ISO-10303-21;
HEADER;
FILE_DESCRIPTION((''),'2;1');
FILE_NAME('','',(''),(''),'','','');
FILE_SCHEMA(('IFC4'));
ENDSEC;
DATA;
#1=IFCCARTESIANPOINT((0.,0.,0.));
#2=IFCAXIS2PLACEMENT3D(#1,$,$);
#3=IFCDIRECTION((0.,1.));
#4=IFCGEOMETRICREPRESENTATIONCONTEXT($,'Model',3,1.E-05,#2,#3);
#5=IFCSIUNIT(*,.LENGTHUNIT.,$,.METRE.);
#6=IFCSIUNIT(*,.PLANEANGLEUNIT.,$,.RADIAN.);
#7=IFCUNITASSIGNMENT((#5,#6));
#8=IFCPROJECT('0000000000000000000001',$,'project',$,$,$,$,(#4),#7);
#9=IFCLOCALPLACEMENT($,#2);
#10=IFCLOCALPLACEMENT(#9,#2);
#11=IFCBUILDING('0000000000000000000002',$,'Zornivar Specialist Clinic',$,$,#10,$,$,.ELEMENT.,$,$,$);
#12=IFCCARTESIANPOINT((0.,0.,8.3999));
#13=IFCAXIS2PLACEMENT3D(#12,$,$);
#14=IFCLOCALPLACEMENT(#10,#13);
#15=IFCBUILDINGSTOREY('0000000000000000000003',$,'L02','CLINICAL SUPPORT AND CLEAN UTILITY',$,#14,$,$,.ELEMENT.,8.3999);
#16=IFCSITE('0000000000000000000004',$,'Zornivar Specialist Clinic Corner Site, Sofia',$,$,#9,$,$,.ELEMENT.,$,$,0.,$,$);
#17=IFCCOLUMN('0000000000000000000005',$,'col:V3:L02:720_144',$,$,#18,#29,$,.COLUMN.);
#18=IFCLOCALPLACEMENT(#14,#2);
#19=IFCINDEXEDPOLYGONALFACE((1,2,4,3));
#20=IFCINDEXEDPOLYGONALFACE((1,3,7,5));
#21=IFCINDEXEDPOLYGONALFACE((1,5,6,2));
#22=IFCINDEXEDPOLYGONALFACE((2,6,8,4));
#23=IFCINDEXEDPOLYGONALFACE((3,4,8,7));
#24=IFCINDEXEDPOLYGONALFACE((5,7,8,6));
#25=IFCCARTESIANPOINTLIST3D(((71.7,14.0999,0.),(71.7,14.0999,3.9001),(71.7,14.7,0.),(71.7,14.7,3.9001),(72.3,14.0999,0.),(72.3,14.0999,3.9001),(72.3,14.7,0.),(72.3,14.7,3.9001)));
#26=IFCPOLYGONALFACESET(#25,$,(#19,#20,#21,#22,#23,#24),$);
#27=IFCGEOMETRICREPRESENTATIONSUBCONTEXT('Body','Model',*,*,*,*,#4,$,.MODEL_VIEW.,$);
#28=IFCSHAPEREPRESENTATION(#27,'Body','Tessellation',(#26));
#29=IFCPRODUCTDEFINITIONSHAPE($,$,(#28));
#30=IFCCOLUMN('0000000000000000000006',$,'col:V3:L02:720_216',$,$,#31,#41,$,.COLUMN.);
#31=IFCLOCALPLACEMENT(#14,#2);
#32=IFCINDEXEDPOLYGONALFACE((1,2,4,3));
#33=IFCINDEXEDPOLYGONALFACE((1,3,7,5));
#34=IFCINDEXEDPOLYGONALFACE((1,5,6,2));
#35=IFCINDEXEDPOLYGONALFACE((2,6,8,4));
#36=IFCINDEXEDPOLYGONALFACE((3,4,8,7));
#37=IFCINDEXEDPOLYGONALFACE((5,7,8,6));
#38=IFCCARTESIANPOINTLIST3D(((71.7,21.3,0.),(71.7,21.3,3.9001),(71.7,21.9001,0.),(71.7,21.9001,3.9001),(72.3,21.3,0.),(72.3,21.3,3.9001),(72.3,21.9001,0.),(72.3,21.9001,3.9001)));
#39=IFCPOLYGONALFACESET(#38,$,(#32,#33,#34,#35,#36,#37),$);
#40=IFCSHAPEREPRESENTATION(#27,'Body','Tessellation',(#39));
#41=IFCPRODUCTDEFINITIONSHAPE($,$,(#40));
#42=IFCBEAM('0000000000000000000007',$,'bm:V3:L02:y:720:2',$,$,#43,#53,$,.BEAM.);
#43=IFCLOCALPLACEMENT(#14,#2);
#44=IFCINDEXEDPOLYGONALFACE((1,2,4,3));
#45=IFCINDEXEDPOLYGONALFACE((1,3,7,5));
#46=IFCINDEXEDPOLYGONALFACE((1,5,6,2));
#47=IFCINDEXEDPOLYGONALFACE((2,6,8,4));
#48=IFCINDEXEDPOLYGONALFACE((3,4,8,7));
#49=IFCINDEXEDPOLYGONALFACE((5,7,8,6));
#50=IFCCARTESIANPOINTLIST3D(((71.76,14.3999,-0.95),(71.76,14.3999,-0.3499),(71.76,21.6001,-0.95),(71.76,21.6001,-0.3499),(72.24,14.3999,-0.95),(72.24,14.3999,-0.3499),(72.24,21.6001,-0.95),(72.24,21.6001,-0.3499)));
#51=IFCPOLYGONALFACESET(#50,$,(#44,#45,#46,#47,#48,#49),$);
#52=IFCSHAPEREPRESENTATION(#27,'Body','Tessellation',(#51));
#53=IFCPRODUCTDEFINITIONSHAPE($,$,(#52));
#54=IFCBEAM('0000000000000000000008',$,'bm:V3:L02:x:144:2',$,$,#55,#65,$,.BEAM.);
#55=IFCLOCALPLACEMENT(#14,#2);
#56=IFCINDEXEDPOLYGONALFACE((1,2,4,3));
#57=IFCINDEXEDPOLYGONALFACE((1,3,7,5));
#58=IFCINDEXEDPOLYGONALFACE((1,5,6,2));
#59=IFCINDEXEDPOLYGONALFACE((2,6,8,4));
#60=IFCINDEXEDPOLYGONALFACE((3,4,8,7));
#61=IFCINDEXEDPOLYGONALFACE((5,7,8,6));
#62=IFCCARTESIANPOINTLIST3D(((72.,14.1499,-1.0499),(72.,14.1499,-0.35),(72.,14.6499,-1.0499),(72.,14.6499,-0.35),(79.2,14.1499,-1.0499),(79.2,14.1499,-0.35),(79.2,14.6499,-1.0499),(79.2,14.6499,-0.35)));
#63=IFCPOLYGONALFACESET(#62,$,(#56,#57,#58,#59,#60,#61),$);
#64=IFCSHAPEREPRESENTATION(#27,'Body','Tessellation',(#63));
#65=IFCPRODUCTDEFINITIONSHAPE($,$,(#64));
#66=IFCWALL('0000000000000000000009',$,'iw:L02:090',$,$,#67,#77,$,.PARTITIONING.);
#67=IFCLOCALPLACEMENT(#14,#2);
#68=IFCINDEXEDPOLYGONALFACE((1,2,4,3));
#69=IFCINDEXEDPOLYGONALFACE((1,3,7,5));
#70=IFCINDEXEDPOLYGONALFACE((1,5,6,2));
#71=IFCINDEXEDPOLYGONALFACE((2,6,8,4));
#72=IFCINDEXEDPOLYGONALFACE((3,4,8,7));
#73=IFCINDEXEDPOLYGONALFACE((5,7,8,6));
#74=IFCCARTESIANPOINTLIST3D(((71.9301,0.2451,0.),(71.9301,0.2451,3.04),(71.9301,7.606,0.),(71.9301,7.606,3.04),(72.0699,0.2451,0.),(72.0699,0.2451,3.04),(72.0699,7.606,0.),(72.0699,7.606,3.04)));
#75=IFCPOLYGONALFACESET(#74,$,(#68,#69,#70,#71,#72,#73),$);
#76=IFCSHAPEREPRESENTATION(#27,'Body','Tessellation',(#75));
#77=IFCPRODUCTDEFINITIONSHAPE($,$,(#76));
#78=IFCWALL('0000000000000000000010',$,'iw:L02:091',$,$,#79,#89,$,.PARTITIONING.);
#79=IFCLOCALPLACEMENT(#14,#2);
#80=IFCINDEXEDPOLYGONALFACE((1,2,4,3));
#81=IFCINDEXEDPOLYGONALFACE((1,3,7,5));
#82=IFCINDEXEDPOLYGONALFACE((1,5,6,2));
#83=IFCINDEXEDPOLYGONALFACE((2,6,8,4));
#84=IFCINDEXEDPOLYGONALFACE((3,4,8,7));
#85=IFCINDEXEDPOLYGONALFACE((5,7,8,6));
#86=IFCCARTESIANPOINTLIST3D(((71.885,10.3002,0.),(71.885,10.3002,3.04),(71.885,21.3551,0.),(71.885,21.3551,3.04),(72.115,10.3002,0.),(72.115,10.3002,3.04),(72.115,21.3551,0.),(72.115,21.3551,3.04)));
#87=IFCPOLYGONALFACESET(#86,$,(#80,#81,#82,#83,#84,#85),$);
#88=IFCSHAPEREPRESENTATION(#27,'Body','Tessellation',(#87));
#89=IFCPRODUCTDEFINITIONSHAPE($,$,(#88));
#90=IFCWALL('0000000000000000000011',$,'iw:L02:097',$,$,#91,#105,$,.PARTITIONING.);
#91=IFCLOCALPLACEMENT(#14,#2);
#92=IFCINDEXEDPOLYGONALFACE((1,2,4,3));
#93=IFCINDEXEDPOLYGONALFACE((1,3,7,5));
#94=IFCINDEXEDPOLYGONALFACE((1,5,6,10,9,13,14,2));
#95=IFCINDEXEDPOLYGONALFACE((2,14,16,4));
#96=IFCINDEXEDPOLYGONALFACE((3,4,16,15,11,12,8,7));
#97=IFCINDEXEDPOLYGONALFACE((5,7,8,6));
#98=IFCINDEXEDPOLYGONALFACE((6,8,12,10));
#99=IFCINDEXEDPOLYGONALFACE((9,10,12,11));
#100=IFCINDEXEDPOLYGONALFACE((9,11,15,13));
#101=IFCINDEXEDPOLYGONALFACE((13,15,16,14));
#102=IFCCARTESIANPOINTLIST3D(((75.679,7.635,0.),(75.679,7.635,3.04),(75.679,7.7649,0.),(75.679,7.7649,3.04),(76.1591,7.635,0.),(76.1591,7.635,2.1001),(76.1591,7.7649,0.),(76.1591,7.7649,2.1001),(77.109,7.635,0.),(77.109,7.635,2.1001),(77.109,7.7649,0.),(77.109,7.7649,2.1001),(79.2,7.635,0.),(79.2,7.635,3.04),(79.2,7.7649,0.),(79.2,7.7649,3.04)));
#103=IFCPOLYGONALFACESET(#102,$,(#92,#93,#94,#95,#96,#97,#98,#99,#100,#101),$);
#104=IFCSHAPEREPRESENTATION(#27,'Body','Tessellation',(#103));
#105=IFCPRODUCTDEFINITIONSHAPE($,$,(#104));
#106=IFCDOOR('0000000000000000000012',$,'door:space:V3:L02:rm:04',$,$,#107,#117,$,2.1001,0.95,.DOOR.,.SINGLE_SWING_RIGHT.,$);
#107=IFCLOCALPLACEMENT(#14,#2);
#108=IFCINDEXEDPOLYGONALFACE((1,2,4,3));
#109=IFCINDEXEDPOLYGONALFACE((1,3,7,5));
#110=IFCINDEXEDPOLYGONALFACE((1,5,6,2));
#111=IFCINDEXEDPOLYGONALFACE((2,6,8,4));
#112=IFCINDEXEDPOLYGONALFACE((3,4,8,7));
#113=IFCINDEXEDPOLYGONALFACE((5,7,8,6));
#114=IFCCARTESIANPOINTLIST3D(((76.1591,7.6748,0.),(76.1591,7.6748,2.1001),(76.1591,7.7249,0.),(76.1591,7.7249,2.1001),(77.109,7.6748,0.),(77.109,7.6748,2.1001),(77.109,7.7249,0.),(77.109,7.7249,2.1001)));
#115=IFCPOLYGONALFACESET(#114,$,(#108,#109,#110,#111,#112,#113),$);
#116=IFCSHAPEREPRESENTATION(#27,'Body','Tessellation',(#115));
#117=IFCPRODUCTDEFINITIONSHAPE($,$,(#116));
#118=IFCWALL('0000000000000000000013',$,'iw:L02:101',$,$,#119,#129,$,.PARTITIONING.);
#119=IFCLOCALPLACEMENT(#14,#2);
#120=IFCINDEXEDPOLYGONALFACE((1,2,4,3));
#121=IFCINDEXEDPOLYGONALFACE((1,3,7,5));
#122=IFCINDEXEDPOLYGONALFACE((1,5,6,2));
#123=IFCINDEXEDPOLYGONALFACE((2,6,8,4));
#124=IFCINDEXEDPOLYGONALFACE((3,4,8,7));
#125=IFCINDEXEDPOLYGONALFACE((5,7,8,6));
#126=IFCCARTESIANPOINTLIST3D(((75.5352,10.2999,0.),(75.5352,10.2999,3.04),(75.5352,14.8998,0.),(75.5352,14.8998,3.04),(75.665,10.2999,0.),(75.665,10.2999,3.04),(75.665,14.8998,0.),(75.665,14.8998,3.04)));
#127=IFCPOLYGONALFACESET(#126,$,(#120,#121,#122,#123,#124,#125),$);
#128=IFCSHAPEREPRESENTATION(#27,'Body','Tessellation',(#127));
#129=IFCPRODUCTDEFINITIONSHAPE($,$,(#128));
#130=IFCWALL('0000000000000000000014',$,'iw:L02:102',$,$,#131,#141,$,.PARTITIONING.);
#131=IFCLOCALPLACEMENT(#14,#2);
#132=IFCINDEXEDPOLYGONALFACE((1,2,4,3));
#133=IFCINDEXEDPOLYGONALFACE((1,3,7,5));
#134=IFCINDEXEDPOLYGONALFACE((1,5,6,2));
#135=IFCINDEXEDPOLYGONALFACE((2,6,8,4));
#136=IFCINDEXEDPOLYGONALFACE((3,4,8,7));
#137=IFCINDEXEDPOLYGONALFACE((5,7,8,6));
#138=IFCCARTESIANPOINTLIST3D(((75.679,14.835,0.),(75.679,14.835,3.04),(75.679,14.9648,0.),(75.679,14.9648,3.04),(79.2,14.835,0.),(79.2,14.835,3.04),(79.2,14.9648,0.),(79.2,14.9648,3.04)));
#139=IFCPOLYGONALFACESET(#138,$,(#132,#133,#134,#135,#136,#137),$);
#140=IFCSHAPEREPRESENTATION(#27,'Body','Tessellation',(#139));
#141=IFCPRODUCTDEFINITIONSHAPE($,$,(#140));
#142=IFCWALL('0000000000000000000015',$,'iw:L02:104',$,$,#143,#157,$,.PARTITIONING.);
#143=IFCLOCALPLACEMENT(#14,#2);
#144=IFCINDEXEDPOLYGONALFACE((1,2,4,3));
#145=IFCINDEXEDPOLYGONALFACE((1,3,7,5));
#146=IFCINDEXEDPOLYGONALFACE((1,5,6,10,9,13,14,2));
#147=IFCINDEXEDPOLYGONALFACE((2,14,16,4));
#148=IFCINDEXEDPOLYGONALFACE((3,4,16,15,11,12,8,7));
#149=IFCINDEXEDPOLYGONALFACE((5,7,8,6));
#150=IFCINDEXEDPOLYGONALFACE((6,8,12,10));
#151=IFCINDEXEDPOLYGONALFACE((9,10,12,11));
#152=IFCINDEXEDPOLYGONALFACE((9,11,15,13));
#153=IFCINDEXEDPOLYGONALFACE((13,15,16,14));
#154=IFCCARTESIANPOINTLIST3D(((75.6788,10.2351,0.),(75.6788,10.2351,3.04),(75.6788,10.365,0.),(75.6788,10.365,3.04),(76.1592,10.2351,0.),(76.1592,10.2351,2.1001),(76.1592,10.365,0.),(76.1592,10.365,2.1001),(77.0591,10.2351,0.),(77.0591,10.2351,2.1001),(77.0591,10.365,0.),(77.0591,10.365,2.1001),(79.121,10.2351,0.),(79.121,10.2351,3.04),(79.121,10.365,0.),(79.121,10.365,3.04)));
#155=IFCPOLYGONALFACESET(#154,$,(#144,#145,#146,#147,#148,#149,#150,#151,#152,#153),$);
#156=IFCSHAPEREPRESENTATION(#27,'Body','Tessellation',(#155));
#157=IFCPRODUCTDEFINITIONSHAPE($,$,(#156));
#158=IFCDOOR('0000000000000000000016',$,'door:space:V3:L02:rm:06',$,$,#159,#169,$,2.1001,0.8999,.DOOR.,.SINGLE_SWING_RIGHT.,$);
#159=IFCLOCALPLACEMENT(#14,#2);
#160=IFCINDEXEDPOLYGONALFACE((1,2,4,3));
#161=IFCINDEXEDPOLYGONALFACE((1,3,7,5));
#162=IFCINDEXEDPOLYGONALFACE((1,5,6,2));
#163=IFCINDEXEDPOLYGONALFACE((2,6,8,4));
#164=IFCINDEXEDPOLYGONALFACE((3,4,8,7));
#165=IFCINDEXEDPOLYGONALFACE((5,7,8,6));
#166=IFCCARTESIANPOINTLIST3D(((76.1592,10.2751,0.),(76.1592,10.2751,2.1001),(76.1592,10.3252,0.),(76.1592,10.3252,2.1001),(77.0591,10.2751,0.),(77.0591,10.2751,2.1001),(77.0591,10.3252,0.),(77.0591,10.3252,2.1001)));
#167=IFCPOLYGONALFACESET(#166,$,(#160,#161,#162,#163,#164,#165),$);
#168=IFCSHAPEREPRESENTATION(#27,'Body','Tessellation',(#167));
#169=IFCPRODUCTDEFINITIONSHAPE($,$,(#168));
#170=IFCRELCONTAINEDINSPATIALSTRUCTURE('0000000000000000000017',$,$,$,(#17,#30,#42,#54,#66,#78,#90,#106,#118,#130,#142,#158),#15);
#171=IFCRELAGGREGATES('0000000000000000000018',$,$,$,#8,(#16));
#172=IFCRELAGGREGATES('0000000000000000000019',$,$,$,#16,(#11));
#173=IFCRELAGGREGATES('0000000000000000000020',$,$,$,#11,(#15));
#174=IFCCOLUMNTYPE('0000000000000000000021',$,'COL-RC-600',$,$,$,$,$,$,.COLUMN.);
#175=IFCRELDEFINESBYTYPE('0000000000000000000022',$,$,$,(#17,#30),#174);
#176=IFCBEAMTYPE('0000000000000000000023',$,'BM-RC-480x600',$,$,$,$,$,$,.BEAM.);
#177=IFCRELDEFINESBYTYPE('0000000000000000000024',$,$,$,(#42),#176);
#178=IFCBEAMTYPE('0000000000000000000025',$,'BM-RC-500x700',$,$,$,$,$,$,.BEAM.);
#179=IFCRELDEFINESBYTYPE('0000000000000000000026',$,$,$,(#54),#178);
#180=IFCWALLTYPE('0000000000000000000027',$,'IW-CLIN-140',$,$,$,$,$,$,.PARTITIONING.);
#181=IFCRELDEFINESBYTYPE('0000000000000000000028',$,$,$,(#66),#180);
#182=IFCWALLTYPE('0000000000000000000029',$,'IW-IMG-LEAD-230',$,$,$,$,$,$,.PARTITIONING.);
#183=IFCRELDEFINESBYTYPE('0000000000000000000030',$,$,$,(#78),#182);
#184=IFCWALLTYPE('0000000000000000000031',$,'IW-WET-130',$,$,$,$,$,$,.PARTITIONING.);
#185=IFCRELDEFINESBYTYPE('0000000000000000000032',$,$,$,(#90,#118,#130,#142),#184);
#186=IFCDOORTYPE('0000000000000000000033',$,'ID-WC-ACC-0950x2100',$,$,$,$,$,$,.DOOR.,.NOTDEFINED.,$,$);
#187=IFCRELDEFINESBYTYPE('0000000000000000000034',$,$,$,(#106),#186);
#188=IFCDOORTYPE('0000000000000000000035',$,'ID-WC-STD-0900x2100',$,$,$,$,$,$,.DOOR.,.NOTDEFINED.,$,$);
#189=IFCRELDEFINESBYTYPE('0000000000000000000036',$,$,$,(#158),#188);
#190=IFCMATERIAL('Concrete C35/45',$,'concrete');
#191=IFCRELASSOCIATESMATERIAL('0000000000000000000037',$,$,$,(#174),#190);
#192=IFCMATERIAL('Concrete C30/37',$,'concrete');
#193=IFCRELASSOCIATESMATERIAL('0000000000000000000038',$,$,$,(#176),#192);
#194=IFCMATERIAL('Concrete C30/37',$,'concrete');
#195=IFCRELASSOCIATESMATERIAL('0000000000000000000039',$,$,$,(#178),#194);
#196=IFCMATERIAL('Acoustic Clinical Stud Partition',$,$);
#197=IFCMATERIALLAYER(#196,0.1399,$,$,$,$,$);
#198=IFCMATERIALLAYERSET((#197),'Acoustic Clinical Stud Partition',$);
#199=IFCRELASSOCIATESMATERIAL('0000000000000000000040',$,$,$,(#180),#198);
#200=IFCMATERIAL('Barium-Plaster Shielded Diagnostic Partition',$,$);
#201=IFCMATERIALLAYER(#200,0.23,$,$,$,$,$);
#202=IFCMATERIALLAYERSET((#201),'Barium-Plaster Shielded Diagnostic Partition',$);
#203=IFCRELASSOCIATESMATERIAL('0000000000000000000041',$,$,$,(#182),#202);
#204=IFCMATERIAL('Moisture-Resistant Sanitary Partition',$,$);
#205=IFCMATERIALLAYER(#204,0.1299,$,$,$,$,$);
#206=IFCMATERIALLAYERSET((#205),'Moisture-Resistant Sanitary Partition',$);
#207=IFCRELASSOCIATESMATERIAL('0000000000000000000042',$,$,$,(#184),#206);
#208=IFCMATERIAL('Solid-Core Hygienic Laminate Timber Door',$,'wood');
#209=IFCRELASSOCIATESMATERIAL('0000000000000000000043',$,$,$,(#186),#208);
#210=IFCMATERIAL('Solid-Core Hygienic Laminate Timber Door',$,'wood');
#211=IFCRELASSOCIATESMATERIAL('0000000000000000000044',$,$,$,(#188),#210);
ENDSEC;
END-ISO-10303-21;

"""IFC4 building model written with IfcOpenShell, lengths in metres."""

from ifc_helpers import new_model, si_unit, direction, frame, frame_2d, origin, origin_2d, place, context, subcontext, project, spatial, rectangle, extrude, material, layer, layer_set, material_profile, profile_set, type_object, element, fill, save


model = new_model("IFC4")

# Units and contexts
model_context = context("Model", 3, precision=1e-05, world=origin(), true_north=direction((0.0, 1.0)))
body_context = subcontext(model_context, "Body", "Model", "MODEL_VIEW")
ifc_project = project(units=[si_unit("LENGTHUNIT", "METRE"), si_unit("PLANEANGLEUNIT", "RADIAN")], contexts=[model_context])

# Site, building, storey
site_placement = place(None, origin())
site = spatial("IfcSite", under=ifc_project, at=site_placement, Name="Zornivar Specialist Clinic Corner Site, Sofia", CompositionType="ELEMENT", RefElevation=0.0)
building_placement = place(site_placement, origin())
building = spatial("IfcBuilding", under=site, at=building_placement, Name="Zornivar Specialist Clinic", CompositionType="ELEMENT")
storey_placement = place(building_placement, frame((0.0, 0.0, 8.3999)))
storey = spatial("IfcBuildingStorey", under=building, at=storey_placement, Name="L02", Description="CLINICAL SUPPORT AND CLEAN UTILITY", CompositionType="ELEMENT", Elevation=8.3999)

# Columns
ifc_material_1 = material(Name="Concrete C35/45", Category="concrete")
ifc_material_profile_1 = material_profile(ifc_material_1, rectangle(XDim=0.6001, YDim=0.6001, at=origin_2d()), Name="RC 600x600")
ifc_profile_set_1 = profile_set([ifc_material_profile_1], Name="Concrete C35/45")
column_type = type_object("IfcColumnType", Name="COL-RC-600", PredefinedType="COLUMN", material=ifc_profile_set_1)
for number, where, z_axis, x_axis, name in (
    (1, (72.0, 14.3999, 0.0), (0.0, 0.0, 1.0), (1.0, 0.0, 0.0), "col:V3:L02:720_144"),
    (2, (72.0, 21.6001, 0.0), (0.0, 0.0, 1.0), (1.0, 0.0, 0.0), "col:V3:L02:720_216"),
):
    element("IfcColumn", number, at=place(storey_placement, frame(where, z_axis=z_axis, x_axis=x_axis)), inside=storey, type_object=column_type, Name=name, PredefinedType="COLUMN", context=body_context, shape_type="SweptSolid", body=[
        extrude(rectangle(XDim=0.6001, YDim=0.6001, at=origin_2d()), origin(), (0.0, 0.0, 1.0), 3.9001),
    ])

# Beams
ifc_material_2 = material(Name="Concrete C30/37", Category="concrete")
ifc_material_profile_2 = material_profile(ifc_material_2, rectangle(XDim=0.48, YDim=0.6001, at=origin_2d()), Name="RC 480x600")
ifc_profile_set_2 = profile_set([ifc_material_profile_2], Name="Concrete C30/37")
beam_type_1 = type_object("IfcBeamType", Name="BM-RC-480x600", PredefinedType="BEAM", material=ifc_profile_set_2)
beam_1_placement = place(storey_placement, frame((72.0, 14.3999, -0.6499), z_axis=(0.0, 1.0, 0.0), x_axis=(-1.0, 0.0, 0.0)))
element("IfcBeam", 3, at=beam_1_placement, inside=storey, type_object=beam_type_1, Name="bm:V3:L02:y:720:2", PredefinedType="BEAM", context=body_context, shape_type="SweptSolid", body=[
    extrude(rectangle(XDim=0.48, YDim=0.6001, at=origin_2d()), origin(), (0.0, 0.0, 1.0), 7.2002),
])
ifc_material_3 = material(Name="Concrete C30/37", Category="concrete")
ifc_material_profile_3 = material_profile(ifc_material_3, rectangle(XDim=0.5, YDim=0.7, at=origin_2d()), Name="RC 500x700")
ifc_profile_set_3 = profile_set([ifc_material_profile_3], Name="Concrete C30/37")
beam_type_2 = type_object("IfcBeamType", Name="BM-RC-500x700", PredefinedType="BEAM", material=ifc_profile_set_3)
beam_2_placement = place(storey_placement, frame((72.0, 14.3999, -0.7), z_axis=(1.0, 0.0, 0.0), x_axis=(0.0, 1.0, 0.0)))
element("IfcBeam", 4, at=beam_2_placement, inside=storey, type_object=beam_type_2, Name="bm:V3:L02:x:144:2", PredefinedType="BEAM", context=body_context, shape_type="SweptSolid", body=[
    extrude(rectangle(XDim=0.5, YDim=0.7, at=origin_2d()), origin(), (0.0, 0.0, 1.0), 7.2),
])

# Wall
ifc_material_4 = material(Name="Acoustic Clinical Stud Partition")
ifc_layer_1 = layer(ifc_material_4, 0.1399)
ifc_layer_set_1 = layer_set([ifc_layer_1], Name="Acoustic Clinical Stud Partition")
wall_type_1 = type_object("IfcWallType", Name="IW-CLIN-140", PredefinedType="PARTITIONING", material=ifc_layer_set_1)
wall_1_placement = place(storey_placement, frame((72.0, 7.606, 0.0), z_axis=(0.0, 0.0, 1.0), x_axis=(0.0, -1.0, 0.0)))
element("IfcWall", 5, at=wall_1_placement, inside=storey, type_object=wall_type_1, Name="iw:L02:090", PredefinedType="PARTITIONING", context=body_context, shape_type="SweptSolid", body=[
    extrude(rectangle(XDim=7.3608, YDim=0.1399, at=frame_2d((3.6804, 0.0))), origin(), (0.0, 0.0, 1.0), 3.04),
])

# Wall
ifc_material_5 = material(Name="Barium-Plaster Shielded Diagnostic Partition")
ifc_layer_2 = layer(ifc_material_5, 0.23)
ifc_layer_set_2 = layer_set([ifc_layer_2], Name="Barium-Plaster Shielded Diagnostic Partition")
wall_type_2 = type_object("IfcWallType", Name="IW-IMG-LEAD-230", PredefinedType="PARTITIONING", material=ifc_layer_set_2)
wall_2_placement = place(storey_placement, frame((72.0, 21.355, 0.0), z_axis=(0.0, 0.0, 1.0), x_axis=(0.0, -1.0, 0.0)))
element("IfcWall", 6, at=wall_2_placement, inside=storey, type_object=wall_type_2, Name="iw:L02:091", PredefinedType="PARTITIONING", context=body_context, shape_type="SweptSolid", body=[
    extrude(rectangle(XDim=11.0549, YDim=0.23, at=frame_2d((5.5273, 0.0))), origin(), (0.0, 0.0, 1.0), 3.04),
])

# Wall, opening, door
ifc_material_6 = material(Name="Moisture-Resistant Sanitary Partition")
ifc_layer_3 = layer(ifc_material_6, 0.1299)
ifc_layer_set_3 = layer_set([ifc_layer_3], Name="Moisture-Resistant Sanitary Partition")
wall_type_3 = type_object("IfcWallType", Name="IW-WET-130", PredefinedType="PARTITIONING", material=ifc_layer_set_3)
wall_3_placement = place(storey_placement, frame((75.679, 7.7, 0.0), z_axis=(0.0, 0.0, 1.0), x_axis=(1.0, 0.0, 0.0)))
wall_3 = element("IfcWall", 7, at=wall_3_placement, inside=storey, type_object=wall_type_3, Name="iw:L02:097", PredefinedType="PARTITIONING", context=body_context, shape_type="SweptSolid", body=[
    extrude(rectangle(XDim=3.521, YDim=0.1299, at=frame_2d((1.7605, 0.0))), origin(), (0.0, 0.0, 1.0), 3.04),
])
opening_1_placement = place(wall_3_placement, frame((0.48, 0.0, 0.0)))
opening_1 = element("IfcOpeningElement", 8, at=opening_1_placement, cuts=wall_3, PredefinedType="OPENING", context=body_context, shape_type="SweptSolid", body=[
    extrude(rectangle(XDim=0.95, YDim=2.1001, at=frame_2d((0.4751, 1.05))), frame((0.0, 0.075, 0.0), z_axis=(0.0, -1.0, 0.0), x_axis=(1.0, 0.0, 0.0)), (0.0, 0.0, 1.0), 0.1499),
])
ifc_material_7 = material(Name="Solid-Core Hygienic Laminate Timber Door", Category="wood")
door_type_1 = type_object("IfcDoorType", Name="ID-WC-ACC-0950x2100", OperationType="NOTDEFINED", PredefinedType="DOOR", material=ifc_material_7)
door_1_placement = place(opening_1_placement, origin())
door_1 = element("IfcDoor", 9, at=door_1_placement, inside=storey, type_object=door_type_1, Name="door:space:V3:L02:rm:04", OperationType="SINGLE_SWING_RIGHT", OverallHeight=2.1001, OverallWidth=0.95, PredefinedType="DOOR", context=body_context, shape_type="SweptSolid", body=[
    extrude(rectangle(XDim=0.95, YDim=2.1001, at=frame_2d((0.4751, 1.05))), frame((0.0, 0.0249, 0.0), z_axis=(0.0, -1.0, 0.0), x_axis=(1.0, 0.0, 0.0)), (0.0, 0.0, 1.0), 0.05),
])
fill(opening_1, door_1)

# Walls
wall_4_placement = place(storey_placement, frame((75.6001, 10.3, 0.0), z_axis=(0.0, 0.0, 1.0), x_axis=(0.0, 1.0, 0.0)))
element("IfcWall", 10, at=wall_4_placement, inside=storey, type_object=wall_type_3, Name="iw:L02:101", PredefinedType="PARTITIONING", context=body_context, shape_type="SweptSolid", body=[
    extrude(rectangle(XDim=4.5999, YDim=0.1299, at=frame_2d((2.2998, 0.0))), origin(), (0.0, 0.0, 1.0), 3.04),
])
wall_5_placement = place(storey_placement, frame((75.679, 14.8999, 0.0), z_axis=(0.0, 0.0, 1.0), x_axis=(1.0, 0.0, 0.0)))
element("IfcWall", 11, at=wall_5_placement, inside=storey, type_object=wall_type_3, Name="iw:L02:102", PredefinedType="PARTITIONING", context=body_context, shape_type="SweptSolid", body=[
    extrude(rectangle(XDim=3.521, YDim=0.1299, at=frame_2d((1.7605, 0.0))), origin(), (0.0, 0.0, 1.0), 3.04),
])

# Wall, opening, door
wall_6_placement = place(storey_placement, frame((79.1211, 10.3, 0.0), z_axis=(0.0, 0.0, 1.0), x_axis=(-1.0, 0.0, 0.0)))
wall_6 = element("IfcWall", 12, at=wall_6_placement, inside=storey, type_object=wall_type_3, Name="iw:L02:104", PredefinedType="PARTITIONING", context=body_context, shape_type="SweptSolid", body=[
    extrude(rectangle(XDim=3.4421, YDim=0.1299, at=frame_2d((1.7212, 0.0))), origin(), (0.0, 0.0, 1.0), 3.04),
])
opening_2_placement = place(wall_6_placement, frame((2.062, 0.0, 0.0)))
opening_2 = element("IfcOpeningElement", 13, at=opening_2_placement, cuts=wall_6, PredefinedType="OPENING", context=body_context, shape_type="SweptSolid", body=[
    extrude(rectangle(XDim=0.8999, YDim=2.1001, at=frame_2d((0.45, 1.05))), frame((0.0, 0.075, 0.0), z_axis=(0.0, -1.0, 0.0), x_axis=(1.0, 0.0, 0.0)), (0.0, 0.0, 1.0), 0.1499),
])
ifc_material_8 = material(Name="Solid-Core Hygienic Laminate Timber Door", Category="wood")
door_type_2 = type_object("IfcDoorType", Name="ID-WC-STD-0900x2100", OperationType="NOTDEFINED", PredefinedType="DOOR", material=ifc_material_8)
door_2_placement = place(opening_2_placement, origin())
door_2 = element("IfcDoor", 14, at=door_2_placement, inside=storey, type_object=door_type_2, Name="door:space:V3:L02:rm:06", OperationType="SINGLE_SWING_RIGHT", OverallHeight=2.1001, OverallWidth=0.8999, PredefinedType="DOOR", context=body_context, shape_type="SweptSolid", body=[
    extrude(rectangle(XDim=0.8999, YDim=2.1001, at=frame_2d((0.45, 1.05))), frame((0.0, 0.0249, 0.0), z_axis=(0.0, -1.0, 0.0), x_axis=(1.0, 0.0, 0.0)), (0.0, 0.0, 1.0), 0.05),
])
fill(opening_2, door_2)

save(model, "model.ifc")
